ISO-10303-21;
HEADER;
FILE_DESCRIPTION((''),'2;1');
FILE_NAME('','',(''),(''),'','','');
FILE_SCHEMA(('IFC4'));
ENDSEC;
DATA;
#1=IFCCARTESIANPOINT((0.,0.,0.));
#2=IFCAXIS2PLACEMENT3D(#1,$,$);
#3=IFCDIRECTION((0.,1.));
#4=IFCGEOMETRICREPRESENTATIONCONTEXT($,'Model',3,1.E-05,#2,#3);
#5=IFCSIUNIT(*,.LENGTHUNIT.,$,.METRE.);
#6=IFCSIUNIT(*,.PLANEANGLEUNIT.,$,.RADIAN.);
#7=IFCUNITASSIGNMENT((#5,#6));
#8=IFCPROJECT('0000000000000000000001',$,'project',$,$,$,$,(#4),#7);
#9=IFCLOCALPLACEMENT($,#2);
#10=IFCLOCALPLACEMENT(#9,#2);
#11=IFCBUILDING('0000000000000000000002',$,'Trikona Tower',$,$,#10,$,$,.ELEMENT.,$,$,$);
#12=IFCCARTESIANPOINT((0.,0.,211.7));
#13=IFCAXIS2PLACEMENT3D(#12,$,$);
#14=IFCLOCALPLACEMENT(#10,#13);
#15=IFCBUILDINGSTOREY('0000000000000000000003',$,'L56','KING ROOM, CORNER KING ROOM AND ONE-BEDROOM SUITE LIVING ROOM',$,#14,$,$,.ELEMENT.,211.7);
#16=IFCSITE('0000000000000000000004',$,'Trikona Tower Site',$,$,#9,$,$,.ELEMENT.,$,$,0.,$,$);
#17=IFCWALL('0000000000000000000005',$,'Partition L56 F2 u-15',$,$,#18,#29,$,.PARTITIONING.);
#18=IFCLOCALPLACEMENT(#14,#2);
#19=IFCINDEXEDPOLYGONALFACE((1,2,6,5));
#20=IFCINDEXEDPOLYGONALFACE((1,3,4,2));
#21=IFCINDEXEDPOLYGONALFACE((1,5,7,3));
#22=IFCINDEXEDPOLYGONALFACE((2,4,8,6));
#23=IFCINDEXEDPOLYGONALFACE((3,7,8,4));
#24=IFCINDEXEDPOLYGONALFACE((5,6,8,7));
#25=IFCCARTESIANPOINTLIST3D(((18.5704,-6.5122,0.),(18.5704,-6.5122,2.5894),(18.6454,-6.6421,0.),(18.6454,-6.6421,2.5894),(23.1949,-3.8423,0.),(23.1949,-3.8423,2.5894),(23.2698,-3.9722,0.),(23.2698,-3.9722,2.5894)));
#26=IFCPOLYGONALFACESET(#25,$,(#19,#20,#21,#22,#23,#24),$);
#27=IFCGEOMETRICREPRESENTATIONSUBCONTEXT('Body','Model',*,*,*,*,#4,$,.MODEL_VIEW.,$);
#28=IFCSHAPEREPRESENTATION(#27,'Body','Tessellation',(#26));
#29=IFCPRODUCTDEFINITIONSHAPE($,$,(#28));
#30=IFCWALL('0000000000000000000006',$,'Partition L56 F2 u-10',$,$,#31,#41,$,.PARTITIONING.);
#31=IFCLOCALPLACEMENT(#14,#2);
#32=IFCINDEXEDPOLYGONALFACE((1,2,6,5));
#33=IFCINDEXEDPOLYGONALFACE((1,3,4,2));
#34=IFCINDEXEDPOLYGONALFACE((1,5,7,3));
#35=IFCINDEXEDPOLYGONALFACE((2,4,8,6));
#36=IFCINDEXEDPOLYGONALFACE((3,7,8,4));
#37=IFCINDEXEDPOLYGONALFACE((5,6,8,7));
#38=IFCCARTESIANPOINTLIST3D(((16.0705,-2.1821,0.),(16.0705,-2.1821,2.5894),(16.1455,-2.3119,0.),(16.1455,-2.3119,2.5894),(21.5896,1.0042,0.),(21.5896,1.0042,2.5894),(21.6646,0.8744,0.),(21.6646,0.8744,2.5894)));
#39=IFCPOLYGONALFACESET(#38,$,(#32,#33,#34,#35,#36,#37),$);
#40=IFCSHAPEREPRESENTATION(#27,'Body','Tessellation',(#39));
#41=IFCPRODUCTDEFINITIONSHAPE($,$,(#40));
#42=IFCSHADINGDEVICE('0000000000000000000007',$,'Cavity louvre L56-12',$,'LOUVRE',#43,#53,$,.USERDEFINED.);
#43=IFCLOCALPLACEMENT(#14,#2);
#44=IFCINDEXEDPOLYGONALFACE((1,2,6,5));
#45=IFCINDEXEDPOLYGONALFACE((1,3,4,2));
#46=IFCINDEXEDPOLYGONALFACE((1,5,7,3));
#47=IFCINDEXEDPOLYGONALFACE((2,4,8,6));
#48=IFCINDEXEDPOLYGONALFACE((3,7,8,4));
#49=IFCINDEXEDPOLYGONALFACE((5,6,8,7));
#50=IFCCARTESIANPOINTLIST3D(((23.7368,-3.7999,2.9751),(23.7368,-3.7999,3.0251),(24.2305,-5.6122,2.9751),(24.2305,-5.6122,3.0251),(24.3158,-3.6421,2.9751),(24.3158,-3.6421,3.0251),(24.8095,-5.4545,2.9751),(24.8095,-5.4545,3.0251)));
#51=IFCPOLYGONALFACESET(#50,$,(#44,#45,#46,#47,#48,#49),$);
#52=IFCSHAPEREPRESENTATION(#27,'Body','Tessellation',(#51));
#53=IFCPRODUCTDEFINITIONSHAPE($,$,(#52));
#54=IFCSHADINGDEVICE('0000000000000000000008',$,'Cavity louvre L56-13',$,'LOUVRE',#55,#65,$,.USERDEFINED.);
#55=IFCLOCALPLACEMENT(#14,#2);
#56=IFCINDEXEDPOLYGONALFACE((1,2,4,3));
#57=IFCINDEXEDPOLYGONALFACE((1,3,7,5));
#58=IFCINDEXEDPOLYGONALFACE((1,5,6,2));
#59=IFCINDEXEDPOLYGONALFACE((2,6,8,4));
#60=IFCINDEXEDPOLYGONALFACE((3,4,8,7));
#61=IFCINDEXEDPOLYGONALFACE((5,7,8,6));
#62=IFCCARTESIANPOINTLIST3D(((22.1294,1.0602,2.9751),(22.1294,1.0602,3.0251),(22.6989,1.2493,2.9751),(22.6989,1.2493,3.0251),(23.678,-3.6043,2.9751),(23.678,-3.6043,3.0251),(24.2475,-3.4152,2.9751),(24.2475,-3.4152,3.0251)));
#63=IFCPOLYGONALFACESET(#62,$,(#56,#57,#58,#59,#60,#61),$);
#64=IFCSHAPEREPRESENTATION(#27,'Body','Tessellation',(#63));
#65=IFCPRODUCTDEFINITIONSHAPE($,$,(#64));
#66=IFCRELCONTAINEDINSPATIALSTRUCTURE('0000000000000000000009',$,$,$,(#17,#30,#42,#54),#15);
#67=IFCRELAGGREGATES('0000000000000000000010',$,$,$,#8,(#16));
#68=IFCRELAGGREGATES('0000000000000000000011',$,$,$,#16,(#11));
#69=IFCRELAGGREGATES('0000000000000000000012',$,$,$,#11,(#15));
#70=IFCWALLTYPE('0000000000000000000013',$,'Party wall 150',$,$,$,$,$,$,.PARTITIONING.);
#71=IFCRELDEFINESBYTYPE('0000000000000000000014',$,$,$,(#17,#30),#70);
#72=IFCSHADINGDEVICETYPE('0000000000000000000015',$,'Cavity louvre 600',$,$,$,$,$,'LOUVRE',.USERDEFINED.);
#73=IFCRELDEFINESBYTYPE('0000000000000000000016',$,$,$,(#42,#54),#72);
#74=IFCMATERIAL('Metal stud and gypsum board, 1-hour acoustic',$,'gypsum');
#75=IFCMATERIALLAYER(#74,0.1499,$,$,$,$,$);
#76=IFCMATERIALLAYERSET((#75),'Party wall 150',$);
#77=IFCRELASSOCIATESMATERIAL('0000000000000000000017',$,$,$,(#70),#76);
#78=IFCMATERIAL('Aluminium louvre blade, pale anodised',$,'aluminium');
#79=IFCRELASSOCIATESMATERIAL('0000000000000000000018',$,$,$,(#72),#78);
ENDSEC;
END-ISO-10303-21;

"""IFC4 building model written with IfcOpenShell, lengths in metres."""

from ifc_helpers import new_model, si_unit, direction, frame, frame_2d, origin, origin_2d, place, context, subcontext, project, spatial, rectangle, extrude, material, layer, layer_set, type_object, element, save


model = new_model("IFC4")

# Units and contexts
model_context = context("Model", 3, precision=1e-05, world=origin(), true_north=direction((0.0, 1.0)))
body_context = subcontext(model_context, "Body", "Model", "MODEL_VIEW")
ifc_project = project(units=[si_unit("LENGTHUNIT", "METRE"), si_unit("PLANEANGLEUNIT", "RADIAN")], contexts=[model_context])

# Site, building, storey
site_placement = place(None, origin())
site = spatial("IfcSite", under=ifc_project, at=site_placement, Name="Trikona Tower Site", CompositionType="ELEMENT", RefElevation=0.0)
building_placement = place(site_placement, origin())
building = spatial("IfcBuilding", under=site, at=building_placement, Name="Trikona Tower", CompositionType="ELEMENT")
storey_placement = place(building_placement, frame((0.0, 0.0, 211.7)))
storey = spatial("IfcBuildingStorey", under=building, at=storey_placement, Name="L56", Description="KING ROOM, CORNER KING ROOM AND ONE-BEDROOM SUITE LIVING ROOM", CompositionType="ELEMENT", Elevation=211.7)

# Walls
ifc_material_1 = material(Name="Metal stud and gypsum board, 1-hour acoustic", Category="gypsum")
ifc_layer_1 = layer(ifc_material_1, 0.1499)
ifc_layer_set_1 = layer_set([ifc_layer_1], Name="Party wall 150")
wall_type_1 = type_object("IfcWallType", Name="Party wall 150", PredefinedType="PARTITIONING", material=ifc_layer_set_1)
wall_1_placement = place(storey_placement, frame((18.6079, -6.5771, 0.0), z_axis=(0.0, 0.0, 1.0), x_axis=(0.866029, 0.499994, 0.0)))
element("IfcWall", 1, at=wall_1_placement, inside=storey, type_object=wall_type_1, Name="Partition L56 F2 u-15", PredefinedType="PARTITIONING", context=body_context, shape_type="SweptSolid", body=[
    extrude(rectangle(XDim=5.3398, YDim=0.1499, at=frame_2d((2.6699, 0.0))), origin(), (0.0, 0.0, 1.0), 2.5894),
])
wall_2_placement = place(storey_placement, frame((16.1079, -2.2471, 0.0), z_axis=(0.0, 0.0, 1.0), x_axis=(0.866035, 0.499983, 0.0)))
element("IfcWall", 2, at=wall_2_placement, inside=storey, type_object=wall_type_1, Name="Partition L56 F2 u-10", PredefinedType="PARTITIONING", context=body_context, shape_type="SweptSolid", body=[
    extrude(rectangle(XDim=6.3728, YDim=0.1499, at=frame_2d((3.1865, 0.0))), origin(), (0.0, 0.0, 1.0), 2.5894),
])

# Shading devices
ifc_material_2 = material(Name="Aluminium louvre blade, pale anodised", Category="aluminium")
shading_device_type = type_object("IfcShadingDeviceType", Name="Cavity louvre 600", ElementType="LOUVRE", PredefinedType="USERDEFINED", material=ifc_material_2)
shading_device_1_placement = place(storey_placement, frame((24.2732, -4.6272, 2.9751), z_axis=(0.0, 0.0, 1.0), x_axis=(-0.262822, 0.964844, 0.0)))
element("IfcShadingDevice", 3, at=shading_device_1_placement, inside=storey, type_object=shading_device_type, Name="Cavity louvre L56-12", ObjectType="LOUVRE", PredefinedType="USERDEFINED", context=body_context, shape_type="SweptSolid", body=[
    extrude(rectangle(XDim=1.8784, YDim=0.6001, at=origin_2d()), origin(), (0.0, 0.0, 1.0), 0.05),
])
shading_device_2_placement = place(storey_placement, frame((23.1885, -1.1775, 2.9751), z_axis=(0.0, 0.0, 1.0), x_axis=(-0.315093, 0.949061, 0.0)))
element("IfcShadingDevice", 4, at=shading_device_2_placement, inside=storey, type_object=shading_device_type, Name="Cavity louvre L56-13", ObjectType="LOUVRE", PredefinedType="USERDEFINED", context=body_context, shape_type="SweptSolid", body=[
    extrude(rectangle(XDim=4.9148, YDim=0.6001, at=origin_2d()), origin(), (0.0, 0.0, 1.0), 0.05),
])

save(model, "model.ifc")
